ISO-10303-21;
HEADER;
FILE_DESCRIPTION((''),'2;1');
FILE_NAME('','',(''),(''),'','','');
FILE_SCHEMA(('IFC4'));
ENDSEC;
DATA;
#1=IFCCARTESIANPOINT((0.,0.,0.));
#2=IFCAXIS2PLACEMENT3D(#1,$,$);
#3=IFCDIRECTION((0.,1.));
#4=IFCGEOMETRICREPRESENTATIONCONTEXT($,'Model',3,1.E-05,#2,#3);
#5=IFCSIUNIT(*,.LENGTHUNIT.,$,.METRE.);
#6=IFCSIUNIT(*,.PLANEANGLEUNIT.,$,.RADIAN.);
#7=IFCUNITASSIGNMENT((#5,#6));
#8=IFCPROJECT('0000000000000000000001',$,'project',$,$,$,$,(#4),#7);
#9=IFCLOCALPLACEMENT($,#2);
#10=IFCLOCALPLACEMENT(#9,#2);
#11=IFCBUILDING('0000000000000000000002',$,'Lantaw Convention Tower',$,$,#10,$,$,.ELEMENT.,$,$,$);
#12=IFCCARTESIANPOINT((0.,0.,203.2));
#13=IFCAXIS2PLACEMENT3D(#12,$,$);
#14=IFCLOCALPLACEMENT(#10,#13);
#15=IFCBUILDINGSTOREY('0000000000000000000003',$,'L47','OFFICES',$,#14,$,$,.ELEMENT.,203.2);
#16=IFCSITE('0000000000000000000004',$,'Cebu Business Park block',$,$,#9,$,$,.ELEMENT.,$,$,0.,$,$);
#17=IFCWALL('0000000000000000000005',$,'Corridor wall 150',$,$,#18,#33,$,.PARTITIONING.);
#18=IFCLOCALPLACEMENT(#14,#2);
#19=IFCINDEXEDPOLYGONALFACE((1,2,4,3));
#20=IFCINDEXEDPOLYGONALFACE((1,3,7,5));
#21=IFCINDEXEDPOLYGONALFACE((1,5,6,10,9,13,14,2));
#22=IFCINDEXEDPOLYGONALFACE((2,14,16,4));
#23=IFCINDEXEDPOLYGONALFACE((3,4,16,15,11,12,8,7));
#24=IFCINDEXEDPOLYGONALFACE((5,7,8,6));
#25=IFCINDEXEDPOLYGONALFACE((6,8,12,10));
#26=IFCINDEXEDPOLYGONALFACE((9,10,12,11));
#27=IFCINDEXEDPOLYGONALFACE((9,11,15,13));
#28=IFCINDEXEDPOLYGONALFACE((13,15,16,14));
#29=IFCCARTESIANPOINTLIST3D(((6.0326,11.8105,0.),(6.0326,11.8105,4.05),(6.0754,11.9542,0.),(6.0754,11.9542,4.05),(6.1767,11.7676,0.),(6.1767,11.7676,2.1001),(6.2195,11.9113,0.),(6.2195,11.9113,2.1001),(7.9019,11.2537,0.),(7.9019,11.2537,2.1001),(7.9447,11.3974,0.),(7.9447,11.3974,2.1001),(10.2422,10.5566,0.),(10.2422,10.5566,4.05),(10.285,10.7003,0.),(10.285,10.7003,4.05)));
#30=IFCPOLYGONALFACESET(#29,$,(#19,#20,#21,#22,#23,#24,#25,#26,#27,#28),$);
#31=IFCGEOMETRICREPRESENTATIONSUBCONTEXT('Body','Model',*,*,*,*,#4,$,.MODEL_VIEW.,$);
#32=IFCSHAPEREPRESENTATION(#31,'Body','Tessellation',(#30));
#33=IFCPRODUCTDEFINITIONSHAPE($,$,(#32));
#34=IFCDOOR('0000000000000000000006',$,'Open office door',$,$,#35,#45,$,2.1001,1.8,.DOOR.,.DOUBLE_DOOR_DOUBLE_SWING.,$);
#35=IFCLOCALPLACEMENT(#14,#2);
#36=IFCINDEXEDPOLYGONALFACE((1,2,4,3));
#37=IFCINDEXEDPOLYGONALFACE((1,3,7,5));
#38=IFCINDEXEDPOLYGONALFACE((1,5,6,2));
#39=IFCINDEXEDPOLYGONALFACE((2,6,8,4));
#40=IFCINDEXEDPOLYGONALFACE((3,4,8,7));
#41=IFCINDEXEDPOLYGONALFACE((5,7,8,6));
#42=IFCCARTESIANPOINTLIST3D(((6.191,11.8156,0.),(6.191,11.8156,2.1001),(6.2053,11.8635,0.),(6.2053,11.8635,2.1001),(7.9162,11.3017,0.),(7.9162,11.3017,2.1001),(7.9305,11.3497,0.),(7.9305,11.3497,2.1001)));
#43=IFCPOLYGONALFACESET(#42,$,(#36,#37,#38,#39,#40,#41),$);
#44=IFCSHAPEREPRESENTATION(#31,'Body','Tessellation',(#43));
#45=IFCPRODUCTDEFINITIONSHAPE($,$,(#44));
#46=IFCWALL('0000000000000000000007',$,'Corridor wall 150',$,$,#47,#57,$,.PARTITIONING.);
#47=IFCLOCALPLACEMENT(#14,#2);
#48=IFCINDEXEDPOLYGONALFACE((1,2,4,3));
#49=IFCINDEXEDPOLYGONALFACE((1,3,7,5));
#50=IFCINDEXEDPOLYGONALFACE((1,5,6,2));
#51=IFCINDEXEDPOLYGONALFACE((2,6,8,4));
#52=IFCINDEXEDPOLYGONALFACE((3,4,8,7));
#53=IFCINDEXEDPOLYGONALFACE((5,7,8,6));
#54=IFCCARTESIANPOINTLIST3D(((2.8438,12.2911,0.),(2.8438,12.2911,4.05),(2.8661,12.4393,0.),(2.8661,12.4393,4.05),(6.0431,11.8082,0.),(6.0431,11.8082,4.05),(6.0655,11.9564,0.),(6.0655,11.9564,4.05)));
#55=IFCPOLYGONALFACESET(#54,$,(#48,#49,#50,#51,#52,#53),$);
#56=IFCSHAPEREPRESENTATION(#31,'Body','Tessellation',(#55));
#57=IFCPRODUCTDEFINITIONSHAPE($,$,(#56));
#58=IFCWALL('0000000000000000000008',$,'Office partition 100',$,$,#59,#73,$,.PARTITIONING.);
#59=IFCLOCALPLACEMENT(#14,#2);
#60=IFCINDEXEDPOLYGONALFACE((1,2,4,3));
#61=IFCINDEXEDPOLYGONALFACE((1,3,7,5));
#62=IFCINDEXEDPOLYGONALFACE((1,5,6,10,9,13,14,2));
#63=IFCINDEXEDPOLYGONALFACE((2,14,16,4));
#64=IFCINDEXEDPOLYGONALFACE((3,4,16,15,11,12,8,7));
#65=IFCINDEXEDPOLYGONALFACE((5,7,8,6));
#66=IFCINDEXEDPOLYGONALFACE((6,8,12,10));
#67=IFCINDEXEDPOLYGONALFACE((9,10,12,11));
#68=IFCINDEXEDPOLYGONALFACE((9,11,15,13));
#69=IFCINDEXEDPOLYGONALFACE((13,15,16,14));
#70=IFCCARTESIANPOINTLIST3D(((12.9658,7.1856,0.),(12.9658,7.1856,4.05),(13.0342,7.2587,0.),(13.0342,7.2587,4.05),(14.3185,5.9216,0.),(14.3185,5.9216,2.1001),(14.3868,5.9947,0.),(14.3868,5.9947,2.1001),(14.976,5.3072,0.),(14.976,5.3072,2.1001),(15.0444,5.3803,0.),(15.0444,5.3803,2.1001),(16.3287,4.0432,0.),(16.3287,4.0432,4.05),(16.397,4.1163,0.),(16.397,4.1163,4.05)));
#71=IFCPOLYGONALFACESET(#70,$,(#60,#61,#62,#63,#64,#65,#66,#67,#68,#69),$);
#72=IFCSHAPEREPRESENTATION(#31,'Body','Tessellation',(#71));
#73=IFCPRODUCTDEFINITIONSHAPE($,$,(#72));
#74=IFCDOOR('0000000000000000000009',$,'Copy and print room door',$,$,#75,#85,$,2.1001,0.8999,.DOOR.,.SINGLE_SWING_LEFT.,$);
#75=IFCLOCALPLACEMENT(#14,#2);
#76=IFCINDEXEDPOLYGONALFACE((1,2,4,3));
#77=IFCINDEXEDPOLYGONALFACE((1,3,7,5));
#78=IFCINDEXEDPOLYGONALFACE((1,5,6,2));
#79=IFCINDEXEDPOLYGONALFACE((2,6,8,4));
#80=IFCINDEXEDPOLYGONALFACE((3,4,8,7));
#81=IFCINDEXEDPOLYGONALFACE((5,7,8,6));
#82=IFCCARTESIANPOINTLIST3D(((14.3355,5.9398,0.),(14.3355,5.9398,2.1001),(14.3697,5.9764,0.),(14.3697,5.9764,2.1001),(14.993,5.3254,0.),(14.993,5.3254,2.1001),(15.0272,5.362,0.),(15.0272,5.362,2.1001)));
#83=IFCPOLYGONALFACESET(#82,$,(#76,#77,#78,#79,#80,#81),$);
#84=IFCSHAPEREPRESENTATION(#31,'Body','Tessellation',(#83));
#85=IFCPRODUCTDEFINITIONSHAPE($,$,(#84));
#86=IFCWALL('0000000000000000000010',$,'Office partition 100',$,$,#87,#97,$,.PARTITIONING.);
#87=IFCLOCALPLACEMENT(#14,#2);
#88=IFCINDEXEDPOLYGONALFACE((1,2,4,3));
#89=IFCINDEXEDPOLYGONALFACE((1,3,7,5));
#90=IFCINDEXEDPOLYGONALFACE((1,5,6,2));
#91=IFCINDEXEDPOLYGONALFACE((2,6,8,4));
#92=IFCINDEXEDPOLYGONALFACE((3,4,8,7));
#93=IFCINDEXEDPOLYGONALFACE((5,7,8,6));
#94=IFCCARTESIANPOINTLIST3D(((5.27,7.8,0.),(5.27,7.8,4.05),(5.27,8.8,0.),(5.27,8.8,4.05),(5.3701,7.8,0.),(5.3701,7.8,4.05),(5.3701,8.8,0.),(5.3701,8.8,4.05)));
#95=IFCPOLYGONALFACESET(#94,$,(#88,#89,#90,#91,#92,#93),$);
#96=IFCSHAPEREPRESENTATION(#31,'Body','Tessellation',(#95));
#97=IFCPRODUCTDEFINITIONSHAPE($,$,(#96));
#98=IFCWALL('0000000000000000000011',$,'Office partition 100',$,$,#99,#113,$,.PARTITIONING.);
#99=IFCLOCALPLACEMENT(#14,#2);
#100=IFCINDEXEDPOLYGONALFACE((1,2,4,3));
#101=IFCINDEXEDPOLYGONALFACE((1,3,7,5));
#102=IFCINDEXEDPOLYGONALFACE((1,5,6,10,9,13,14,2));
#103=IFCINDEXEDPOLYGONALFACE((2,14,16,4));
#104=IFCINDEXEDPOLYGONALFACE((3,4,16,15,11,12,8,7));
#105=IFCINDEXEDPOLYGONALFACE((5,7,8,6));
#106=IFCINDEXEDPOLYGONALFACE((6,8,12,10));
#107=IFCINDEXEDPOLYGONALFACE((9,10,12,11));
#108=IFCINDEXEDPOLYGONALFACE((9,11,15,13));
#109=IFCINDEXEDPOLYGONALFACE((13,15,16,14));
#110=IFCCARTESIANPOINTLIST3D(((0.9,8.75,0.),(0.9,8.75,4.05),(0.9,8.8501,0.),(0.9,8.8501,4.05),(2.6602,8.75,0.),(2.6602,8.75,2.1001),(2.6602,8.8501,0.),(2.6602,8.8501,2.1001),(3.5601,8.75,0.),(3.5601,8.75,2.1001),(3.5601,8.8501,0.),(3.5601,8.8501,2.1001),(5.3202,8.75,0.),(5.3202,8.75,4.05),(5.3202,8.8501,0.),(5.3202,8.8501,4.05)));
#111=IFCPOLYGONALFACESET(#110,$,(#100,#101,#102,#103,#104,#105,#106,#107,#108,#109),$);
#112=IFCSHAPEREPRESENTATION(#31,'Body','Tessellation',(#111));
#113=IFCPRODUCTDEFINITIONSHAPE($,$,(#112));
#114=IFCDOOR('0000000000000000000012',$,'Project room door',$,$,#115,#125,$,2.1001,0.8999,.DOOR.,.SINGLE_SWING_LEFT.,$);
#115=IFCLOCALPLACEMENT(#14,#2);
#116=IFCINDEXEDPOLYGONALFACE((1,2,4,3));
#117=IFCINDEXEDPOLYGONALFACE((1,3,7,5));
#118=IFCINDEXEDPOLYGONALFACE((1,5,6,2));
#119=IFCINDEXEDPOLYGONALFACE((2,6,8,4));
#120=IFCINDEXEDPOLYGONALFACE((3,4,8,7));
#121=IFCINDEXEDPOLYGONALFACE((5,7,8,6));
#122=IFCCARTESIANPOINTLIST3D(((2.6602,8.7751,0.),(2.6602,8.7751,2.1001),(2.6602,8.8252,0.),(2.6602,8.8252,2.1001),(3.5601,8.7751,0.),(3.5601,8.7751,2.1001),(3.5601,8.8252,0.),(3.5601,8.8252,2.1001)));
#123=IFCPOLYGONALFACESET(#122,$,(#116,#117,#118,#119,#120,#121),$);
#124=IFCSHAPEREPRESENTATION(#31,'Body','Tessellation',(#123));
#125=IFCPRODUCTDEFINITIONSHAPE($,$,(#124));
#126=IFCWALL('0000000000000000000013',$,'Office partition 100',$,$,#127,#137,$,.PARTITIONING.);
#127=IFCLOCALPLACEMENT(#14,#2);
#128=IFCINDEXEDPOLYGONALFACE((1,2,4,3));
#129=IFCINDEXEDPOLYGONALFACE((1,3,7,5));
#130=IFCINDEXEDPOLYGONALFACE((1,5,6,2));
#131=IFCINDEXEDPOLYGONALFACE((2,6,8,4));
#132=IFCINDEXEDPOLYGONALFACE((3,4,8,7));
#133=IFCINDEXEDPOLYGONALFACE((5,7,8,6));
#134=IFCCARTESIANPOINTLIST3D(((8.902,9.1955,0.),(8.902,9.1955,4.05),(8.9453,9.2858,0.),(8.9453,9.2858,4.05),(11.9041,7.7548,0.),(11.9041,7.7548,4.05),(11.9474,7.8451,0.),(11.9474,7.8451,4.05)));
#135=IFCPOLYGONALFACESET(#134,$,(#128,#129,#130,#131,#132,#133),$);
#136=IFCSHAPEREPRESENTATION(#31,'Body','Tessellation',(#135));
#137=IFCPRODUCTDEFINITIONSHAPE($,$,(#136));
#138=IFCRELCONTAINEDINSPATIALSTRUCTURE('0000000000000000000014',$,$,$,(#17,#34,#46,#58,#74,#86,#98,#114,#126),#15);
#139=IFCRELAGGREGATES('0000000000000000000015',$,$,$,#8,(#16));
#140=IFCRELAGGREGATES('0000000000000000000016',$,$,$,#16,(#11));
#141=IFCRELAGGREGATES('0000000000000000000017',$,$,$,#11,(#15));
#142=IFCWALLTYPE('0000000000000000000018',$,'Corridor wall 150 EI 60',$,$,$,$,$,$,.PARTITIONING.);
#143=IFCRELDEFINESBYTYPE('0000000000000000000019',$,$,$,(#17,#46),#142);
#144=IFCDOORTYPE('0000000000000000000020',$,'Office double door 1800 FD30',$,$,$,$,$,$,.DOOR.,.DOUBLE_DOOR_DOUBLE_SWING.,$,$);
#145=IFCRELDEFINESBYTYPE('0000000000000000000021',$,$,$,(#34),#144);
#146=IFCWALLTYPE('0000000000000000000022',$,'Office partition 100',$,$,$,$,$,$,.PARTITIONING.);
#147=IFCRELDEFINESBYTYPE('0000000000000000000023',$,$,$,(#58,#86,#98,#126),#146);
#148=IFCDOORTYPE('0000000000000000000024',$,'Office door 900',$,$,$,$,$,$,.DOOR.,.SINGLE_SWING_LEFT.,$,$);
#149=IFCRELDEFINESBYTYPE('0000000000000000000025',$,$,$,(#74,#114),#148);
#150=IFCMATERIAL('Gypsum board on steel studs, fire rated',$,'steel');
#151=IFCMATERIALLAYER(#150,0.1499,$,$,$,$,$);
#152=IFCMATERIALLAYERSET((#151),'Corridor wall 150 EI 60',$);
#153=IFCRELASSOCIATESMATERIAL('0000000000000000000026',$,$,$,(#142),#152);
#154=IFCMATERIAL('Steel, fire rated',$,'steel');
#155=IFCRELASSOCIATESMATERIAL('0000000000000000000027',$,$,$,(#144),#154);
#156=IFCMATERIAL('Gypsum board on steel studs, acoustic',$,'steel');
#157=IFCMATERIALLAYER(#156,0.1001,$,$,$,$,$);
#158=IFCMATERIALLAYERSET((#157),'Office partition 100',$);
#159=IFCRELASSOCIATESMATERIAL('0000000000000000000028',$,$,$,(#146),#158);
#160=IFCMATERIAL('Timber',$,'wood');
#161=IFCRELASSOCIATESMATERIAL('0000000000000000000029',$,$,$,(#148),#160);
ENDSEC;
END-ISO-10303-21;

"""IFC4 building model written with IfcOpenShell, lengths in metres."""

from ifc_helpers import new_model, si_unit, direction, frame, frame_2d, origin, place, context, subcontext, project, spatial, rectangle, extrude, material, layer, layer_set, type_object, element, fill, save


model = new_model("IFC4")

# Units and contexts
model_context = context("Model", 3, precision=1e-05, world=origin(), true_north=direction((0.0, 1.0)))
body_context = subcontext(model_context, "Body", "Model", "MODEL_VIEW")
ifc_project = project(units=[si_unit("LENGTHUNIT", "METRE"), si_unit("PLANEANGLEUNIT", "RADIAN")], contexts=[model_context])

# Site, building, storey
site_placement = place(None, origin())
site = spatial("IfcSite", under=ifc_project, at=site_placement, Name="Cebu Business Park block", CompositionType="ELEMENT", RefElevation=0.0)
building_placement = place(site_placement, origin())
building = spatial("IfcBuilding", under=site, at=building_placement, Name="Lantaw Convention Tower", CompositionType="ELEMENT")
storey_placement = place(building_placement, frame((0.0, 0.0, 203.2)))
storey = spatial("IfcBuildingStorey", under=building, at=storey_placement, Name="L47", Description="OFFICES", CompositionType="ELEMENT", Elevation=203.2)

# Wall, opening, door
ifc_material_1 = material(Name="Gypsum board on steel studs, fire rated", Category="steel")
ifc_layer_1 = layer(ifc_material_1, 0.1499)
ifc_layer_set_1 = layer_set([ifc_layer_1], Name="Corridor wall 150 EI 60")
wall_type_1 = type_object("IfcWallType", Name="Corridor wall 150 EI 60", PredefinedType="PARTITIONING", material=ifc_layer_set_1)
wall_1_placement = place(storey_placement, frame((10.2637, 10.6284, 0.0), z_axis=(0.0, 0.0, 1.0), x_axis=(-0.958384, 0.285481, 0.0)))
wall_1 = element("IfcWall", 1, at=wall_1_placement, inside=storey, type_object=wall_type_1, Name="Corridor wall 150", PredefinedType="PARTITIONING", context=body_context, shape_type="SweptSolid", body=[
    extrude(rectangle(XDim=4.3923, YDim=0.1499, at=frame_2d((2.1963, 0.0))), origin(), (0.0, 0.0, 1.0), 4.05),
])
opening_1_placement = place(wall_1_placement, frame((2.4421, 0.0, 0.0)))
opening_1 = element("IfcOpeningElement", 2, at=opening_1_placement, cuts=wall_1, PredefinedType="OPENING", context=body_context, shape_type="SweptSolid", body=[
    extrude(rectangle(XDim=1.8, YDim=2.1001, at=frame_2d((0.8999, 1.05))), frame((0.0, 0.085, 0.0), z_axis=(0.0, -1.0, 0.0), x_axis=(1.0, 0.0, 0.0)), (0.0, 0.0, 1.0), 0.1699),
])
ifc_material_2 = material(Name="Steel, fire rated", Category="steel")
door_type_1 = type_object("IfcDoorType", Name="Office double door 1800 FD30", OperationType="DOUBLE_DOOR_DOUBLE_SWING", PredefinedType="DOOR", material=ifc_material_2)
door_1_placement = place(opening_1_placement, origin())
door_1 = element("IfcDoor", 3, at=door_1_placement, inside=storey, type_object=door_type_1, Name="Open office door", OperationType="DOUBLE_DOOR_DOUBLE_SWING", OverallHeight=2.1001, OverallWidth=1.8, PredefinedType="DOOR", context=body_context, shape_type="SweptSolid", body=[
    extrude(rectangle(XDim=1.8, YDim=2.1001, at=frame_2d((0.8999, 1.05))), frame((0.0, 0.0249, 0.0), z_axis=(0.0, -1.0, 0.0), x_axis=(1.0, 0.0, 0.0)), (0.0, 0.0, 1.0), 0.05),
])
fill(opening_1, door_1)

# Wall
wall_2_placement = place(storey_placement, frame((6.0542, 11.8823, 0.0), z_axis=(0.0, 0.0, 1.0), x_axis=(-0.9888, 0.149244, 0.0)))
element("IfcWall", 4, at=wall_2_placement, inside=storey, type_object=wall_type_1, Name="Corridor wall 150", PredefinedType="PARTITIONING", context=body_context, shape_type="SweptSolid", body=[
    extrude(rectangle(XDim=3.2356, YDim=0.1499, at=frame_2d((1.6177, 0.0))), origin(), (0.0, 0.0, 1.0), 4.05),
])

# Wall, opening, door
ifc_material_3 = material(Name="Gypsum board on steel studs, acoustic", Category="steel")
ifc_layer_2 = layer(ifc_material_3, 0.1001)
ifc_layer_set_2 = layer_set([ifc_layer_2], Name="Office partition 100")
wall_type_2 = type_object("IfcWallType", Name="Office partition 100", PredefinedType="PARTITIONING", material=ifc_layer_set_2)
wall_3_placement = place(storey_placement, frame((13.0, 7.2222, 0.0), z_axis=(0.0, 0.0, 1.0), x_axis=(0.730651, -0.682751, 0.0)))
wall_3 = element("IfcWall", 5, at=wall_3_placement, inside=storey, type_object=wall_type_2, Name="Office partition 100", PredefinedType="PARTITIONING", context=body_context, shape_type="SweptSolid", body=[
    extrude(rectangle(XDim=4.6025, YDim=0.1001, at=frame_2d((2.3013, 0.0))), origin(), (0.0, 0.0, 1.0), 4.05),
])
opening_2_placement = place(wall_3_placement, frame((1.8513, 0.0, 0.0)))
opening_2 = element("IfcOpeningElement", 6, at=opening_2_placement, cuts=wall_3, PredefinedType="OPENING", context=body_context, shape_type="SweptSolid", body=[
    extrude(rectangle(XDim=0.8999, YDim=2.1001, at=frame_2d((0.45, 1.05))), frame((0.0, 0.0601, 0.0), z_axis=(0.0, -1.0, 0.0), x_axis=(1.0, 0.0, 0.0)), (0.0, 0.0, 1.0), 0.1201),
])
ifc_material_4 = material(Name="Timber", Category="wood")
door_type_2 = type_object("IfcDoorType", Name="Office door 900", OperationType="SINGLE_SWING_LEFT", PredefinedType="DOOR", material=ifc_material_4)
door_2_placement = place(opening_2_placement, origin())
door_2 = element("IfcDoor", 7, at=door_2_placement, inside=storey, type_object=door_type_2, Name="Copy and print room door", OperationType="SINGLE_SWING_LEFT", OverallHeight=2.1001, OverallWidth=0.8999, PredefinedType="DOOR", context=body_context, shape_type="SweptSolid", body=[
    extrude(rectangle(XDim=0.8999, YDim=2.1001, at=frame_2d((0.45, 1.05))), frame((0.0, 0.0249, 0.0), z_axis=(0.0, -1.0, 0.0), x_axis=(1.0, 0.0, 0.0)), (0.0, 0.0, 1.0), 0.05),
])
fill(opening_2, door_2)

# Wall
wall_4_placement = place(storey_placement, frame((5.3201, 7.8, 0.0), z_axis=(0.0, 0.0, 1.0), x_axis=(0.0, 1.0, 0.0)))
element("IfcWall", 8, at=wall_4_placement, inside=storey, type_object=wall_type_2, Name="Office partition 100", PredefinedType="PARTITIONING", context=body_context, shape_type="SweptSolid", body=[
    extrude(rectangle(XDim=1.0, YDim=0.1001, at=frame_2d((0.5, 0.0))), origin(), (0.0, 0.0, 1.0), 4.05),
])

# Wall, opening, door
wall_5_placement = place(storey_placement, frame((5.3201, 8.8, 0.0), z_axis=(0.0, 0.0, 1.0), x_axis=(-1.0, 0.0, 0.0)))
wall_5 = element("IfcWall", 9, at=wall_5_placement, inside=storey, type_object=wall_type_2, Name="Office partition 100", PredefinedType="PARTITIONING", context=body_context, shape_type="SweptSolid", body=[
    extrude(rectangle(XDim=4.4202, YDim=0.1001, at=frame_2d((2.21, 0.0))), origin(), (0.0, 0.0, 1.0), 4.05),
])
opening_3_placement = place(wall_5_placement, frame((1.76, 0.0, 0.0)))
opening_3 = element("IfcOpeningElement", 10, at=opening_3_placement, cuts=wall_5, PredefinedType="OPENING", context=body_context, shape_type="SweptSolid", body=[
    extrude(rectangle(XDim=0.8999, YDim=2.1001, at=frame_2d((0.45, 1.05))), frame((0.0, 0.0601, 0.0), z_axis=(0.0, -1.0, 0.0), x_axis=(1.0, 0.0, 0.0)), (0.0, 0.0, 1.0), 0.1201),
])
door_3_placement = place(opening_3_placement, origin())
door_3 = element("IfcDoor", 11, at=door_3_placement, inside=storey, type_object=door_type_2, Name="Project room door", OperationType="SINGLE_SWING_LEFT", OverallHeight=2.1001, OverallWidth=0.8999, PredefinedType="DOOR", context=body_context, shape_type="SweptSolid", body=[
    extrude(rectangle(XDim=0.8999, YDim=2.1001, at=frame_2d((0.45, 1.05))), frame((0.0, 0.0249, 0.0), z_axis=(0.0, -1.0, 0.0), x_axis=(1.0, 0.0, 0.0)), (0.0, 0.0, 1.0), 0.05),
])
fill(opening_3, door_3)

# Wall
wall_6_placement = place(storey_placement, frame((8.9236, 9.2407, 0.0), z_axis=(0.0, 0.0, 1.0), x_axis=(0.901554, -0.432667, 0.0)))
element("IfcWall", 12, at=wall_6_placement, inside=storey, type_object=wall_type_2, Name="Office partition 100", PredefinedType="PARTITIONING", context=body_context, shape_type="SweptSolid", body=[
    extrude(rectangle(XDim=3.3298, YDim=0.1001, at=frame_2d((1.665, 0.0))), origin(), (0.0, 0.0, 1.0), 4.05),
])

save(model, "model.ifc")
